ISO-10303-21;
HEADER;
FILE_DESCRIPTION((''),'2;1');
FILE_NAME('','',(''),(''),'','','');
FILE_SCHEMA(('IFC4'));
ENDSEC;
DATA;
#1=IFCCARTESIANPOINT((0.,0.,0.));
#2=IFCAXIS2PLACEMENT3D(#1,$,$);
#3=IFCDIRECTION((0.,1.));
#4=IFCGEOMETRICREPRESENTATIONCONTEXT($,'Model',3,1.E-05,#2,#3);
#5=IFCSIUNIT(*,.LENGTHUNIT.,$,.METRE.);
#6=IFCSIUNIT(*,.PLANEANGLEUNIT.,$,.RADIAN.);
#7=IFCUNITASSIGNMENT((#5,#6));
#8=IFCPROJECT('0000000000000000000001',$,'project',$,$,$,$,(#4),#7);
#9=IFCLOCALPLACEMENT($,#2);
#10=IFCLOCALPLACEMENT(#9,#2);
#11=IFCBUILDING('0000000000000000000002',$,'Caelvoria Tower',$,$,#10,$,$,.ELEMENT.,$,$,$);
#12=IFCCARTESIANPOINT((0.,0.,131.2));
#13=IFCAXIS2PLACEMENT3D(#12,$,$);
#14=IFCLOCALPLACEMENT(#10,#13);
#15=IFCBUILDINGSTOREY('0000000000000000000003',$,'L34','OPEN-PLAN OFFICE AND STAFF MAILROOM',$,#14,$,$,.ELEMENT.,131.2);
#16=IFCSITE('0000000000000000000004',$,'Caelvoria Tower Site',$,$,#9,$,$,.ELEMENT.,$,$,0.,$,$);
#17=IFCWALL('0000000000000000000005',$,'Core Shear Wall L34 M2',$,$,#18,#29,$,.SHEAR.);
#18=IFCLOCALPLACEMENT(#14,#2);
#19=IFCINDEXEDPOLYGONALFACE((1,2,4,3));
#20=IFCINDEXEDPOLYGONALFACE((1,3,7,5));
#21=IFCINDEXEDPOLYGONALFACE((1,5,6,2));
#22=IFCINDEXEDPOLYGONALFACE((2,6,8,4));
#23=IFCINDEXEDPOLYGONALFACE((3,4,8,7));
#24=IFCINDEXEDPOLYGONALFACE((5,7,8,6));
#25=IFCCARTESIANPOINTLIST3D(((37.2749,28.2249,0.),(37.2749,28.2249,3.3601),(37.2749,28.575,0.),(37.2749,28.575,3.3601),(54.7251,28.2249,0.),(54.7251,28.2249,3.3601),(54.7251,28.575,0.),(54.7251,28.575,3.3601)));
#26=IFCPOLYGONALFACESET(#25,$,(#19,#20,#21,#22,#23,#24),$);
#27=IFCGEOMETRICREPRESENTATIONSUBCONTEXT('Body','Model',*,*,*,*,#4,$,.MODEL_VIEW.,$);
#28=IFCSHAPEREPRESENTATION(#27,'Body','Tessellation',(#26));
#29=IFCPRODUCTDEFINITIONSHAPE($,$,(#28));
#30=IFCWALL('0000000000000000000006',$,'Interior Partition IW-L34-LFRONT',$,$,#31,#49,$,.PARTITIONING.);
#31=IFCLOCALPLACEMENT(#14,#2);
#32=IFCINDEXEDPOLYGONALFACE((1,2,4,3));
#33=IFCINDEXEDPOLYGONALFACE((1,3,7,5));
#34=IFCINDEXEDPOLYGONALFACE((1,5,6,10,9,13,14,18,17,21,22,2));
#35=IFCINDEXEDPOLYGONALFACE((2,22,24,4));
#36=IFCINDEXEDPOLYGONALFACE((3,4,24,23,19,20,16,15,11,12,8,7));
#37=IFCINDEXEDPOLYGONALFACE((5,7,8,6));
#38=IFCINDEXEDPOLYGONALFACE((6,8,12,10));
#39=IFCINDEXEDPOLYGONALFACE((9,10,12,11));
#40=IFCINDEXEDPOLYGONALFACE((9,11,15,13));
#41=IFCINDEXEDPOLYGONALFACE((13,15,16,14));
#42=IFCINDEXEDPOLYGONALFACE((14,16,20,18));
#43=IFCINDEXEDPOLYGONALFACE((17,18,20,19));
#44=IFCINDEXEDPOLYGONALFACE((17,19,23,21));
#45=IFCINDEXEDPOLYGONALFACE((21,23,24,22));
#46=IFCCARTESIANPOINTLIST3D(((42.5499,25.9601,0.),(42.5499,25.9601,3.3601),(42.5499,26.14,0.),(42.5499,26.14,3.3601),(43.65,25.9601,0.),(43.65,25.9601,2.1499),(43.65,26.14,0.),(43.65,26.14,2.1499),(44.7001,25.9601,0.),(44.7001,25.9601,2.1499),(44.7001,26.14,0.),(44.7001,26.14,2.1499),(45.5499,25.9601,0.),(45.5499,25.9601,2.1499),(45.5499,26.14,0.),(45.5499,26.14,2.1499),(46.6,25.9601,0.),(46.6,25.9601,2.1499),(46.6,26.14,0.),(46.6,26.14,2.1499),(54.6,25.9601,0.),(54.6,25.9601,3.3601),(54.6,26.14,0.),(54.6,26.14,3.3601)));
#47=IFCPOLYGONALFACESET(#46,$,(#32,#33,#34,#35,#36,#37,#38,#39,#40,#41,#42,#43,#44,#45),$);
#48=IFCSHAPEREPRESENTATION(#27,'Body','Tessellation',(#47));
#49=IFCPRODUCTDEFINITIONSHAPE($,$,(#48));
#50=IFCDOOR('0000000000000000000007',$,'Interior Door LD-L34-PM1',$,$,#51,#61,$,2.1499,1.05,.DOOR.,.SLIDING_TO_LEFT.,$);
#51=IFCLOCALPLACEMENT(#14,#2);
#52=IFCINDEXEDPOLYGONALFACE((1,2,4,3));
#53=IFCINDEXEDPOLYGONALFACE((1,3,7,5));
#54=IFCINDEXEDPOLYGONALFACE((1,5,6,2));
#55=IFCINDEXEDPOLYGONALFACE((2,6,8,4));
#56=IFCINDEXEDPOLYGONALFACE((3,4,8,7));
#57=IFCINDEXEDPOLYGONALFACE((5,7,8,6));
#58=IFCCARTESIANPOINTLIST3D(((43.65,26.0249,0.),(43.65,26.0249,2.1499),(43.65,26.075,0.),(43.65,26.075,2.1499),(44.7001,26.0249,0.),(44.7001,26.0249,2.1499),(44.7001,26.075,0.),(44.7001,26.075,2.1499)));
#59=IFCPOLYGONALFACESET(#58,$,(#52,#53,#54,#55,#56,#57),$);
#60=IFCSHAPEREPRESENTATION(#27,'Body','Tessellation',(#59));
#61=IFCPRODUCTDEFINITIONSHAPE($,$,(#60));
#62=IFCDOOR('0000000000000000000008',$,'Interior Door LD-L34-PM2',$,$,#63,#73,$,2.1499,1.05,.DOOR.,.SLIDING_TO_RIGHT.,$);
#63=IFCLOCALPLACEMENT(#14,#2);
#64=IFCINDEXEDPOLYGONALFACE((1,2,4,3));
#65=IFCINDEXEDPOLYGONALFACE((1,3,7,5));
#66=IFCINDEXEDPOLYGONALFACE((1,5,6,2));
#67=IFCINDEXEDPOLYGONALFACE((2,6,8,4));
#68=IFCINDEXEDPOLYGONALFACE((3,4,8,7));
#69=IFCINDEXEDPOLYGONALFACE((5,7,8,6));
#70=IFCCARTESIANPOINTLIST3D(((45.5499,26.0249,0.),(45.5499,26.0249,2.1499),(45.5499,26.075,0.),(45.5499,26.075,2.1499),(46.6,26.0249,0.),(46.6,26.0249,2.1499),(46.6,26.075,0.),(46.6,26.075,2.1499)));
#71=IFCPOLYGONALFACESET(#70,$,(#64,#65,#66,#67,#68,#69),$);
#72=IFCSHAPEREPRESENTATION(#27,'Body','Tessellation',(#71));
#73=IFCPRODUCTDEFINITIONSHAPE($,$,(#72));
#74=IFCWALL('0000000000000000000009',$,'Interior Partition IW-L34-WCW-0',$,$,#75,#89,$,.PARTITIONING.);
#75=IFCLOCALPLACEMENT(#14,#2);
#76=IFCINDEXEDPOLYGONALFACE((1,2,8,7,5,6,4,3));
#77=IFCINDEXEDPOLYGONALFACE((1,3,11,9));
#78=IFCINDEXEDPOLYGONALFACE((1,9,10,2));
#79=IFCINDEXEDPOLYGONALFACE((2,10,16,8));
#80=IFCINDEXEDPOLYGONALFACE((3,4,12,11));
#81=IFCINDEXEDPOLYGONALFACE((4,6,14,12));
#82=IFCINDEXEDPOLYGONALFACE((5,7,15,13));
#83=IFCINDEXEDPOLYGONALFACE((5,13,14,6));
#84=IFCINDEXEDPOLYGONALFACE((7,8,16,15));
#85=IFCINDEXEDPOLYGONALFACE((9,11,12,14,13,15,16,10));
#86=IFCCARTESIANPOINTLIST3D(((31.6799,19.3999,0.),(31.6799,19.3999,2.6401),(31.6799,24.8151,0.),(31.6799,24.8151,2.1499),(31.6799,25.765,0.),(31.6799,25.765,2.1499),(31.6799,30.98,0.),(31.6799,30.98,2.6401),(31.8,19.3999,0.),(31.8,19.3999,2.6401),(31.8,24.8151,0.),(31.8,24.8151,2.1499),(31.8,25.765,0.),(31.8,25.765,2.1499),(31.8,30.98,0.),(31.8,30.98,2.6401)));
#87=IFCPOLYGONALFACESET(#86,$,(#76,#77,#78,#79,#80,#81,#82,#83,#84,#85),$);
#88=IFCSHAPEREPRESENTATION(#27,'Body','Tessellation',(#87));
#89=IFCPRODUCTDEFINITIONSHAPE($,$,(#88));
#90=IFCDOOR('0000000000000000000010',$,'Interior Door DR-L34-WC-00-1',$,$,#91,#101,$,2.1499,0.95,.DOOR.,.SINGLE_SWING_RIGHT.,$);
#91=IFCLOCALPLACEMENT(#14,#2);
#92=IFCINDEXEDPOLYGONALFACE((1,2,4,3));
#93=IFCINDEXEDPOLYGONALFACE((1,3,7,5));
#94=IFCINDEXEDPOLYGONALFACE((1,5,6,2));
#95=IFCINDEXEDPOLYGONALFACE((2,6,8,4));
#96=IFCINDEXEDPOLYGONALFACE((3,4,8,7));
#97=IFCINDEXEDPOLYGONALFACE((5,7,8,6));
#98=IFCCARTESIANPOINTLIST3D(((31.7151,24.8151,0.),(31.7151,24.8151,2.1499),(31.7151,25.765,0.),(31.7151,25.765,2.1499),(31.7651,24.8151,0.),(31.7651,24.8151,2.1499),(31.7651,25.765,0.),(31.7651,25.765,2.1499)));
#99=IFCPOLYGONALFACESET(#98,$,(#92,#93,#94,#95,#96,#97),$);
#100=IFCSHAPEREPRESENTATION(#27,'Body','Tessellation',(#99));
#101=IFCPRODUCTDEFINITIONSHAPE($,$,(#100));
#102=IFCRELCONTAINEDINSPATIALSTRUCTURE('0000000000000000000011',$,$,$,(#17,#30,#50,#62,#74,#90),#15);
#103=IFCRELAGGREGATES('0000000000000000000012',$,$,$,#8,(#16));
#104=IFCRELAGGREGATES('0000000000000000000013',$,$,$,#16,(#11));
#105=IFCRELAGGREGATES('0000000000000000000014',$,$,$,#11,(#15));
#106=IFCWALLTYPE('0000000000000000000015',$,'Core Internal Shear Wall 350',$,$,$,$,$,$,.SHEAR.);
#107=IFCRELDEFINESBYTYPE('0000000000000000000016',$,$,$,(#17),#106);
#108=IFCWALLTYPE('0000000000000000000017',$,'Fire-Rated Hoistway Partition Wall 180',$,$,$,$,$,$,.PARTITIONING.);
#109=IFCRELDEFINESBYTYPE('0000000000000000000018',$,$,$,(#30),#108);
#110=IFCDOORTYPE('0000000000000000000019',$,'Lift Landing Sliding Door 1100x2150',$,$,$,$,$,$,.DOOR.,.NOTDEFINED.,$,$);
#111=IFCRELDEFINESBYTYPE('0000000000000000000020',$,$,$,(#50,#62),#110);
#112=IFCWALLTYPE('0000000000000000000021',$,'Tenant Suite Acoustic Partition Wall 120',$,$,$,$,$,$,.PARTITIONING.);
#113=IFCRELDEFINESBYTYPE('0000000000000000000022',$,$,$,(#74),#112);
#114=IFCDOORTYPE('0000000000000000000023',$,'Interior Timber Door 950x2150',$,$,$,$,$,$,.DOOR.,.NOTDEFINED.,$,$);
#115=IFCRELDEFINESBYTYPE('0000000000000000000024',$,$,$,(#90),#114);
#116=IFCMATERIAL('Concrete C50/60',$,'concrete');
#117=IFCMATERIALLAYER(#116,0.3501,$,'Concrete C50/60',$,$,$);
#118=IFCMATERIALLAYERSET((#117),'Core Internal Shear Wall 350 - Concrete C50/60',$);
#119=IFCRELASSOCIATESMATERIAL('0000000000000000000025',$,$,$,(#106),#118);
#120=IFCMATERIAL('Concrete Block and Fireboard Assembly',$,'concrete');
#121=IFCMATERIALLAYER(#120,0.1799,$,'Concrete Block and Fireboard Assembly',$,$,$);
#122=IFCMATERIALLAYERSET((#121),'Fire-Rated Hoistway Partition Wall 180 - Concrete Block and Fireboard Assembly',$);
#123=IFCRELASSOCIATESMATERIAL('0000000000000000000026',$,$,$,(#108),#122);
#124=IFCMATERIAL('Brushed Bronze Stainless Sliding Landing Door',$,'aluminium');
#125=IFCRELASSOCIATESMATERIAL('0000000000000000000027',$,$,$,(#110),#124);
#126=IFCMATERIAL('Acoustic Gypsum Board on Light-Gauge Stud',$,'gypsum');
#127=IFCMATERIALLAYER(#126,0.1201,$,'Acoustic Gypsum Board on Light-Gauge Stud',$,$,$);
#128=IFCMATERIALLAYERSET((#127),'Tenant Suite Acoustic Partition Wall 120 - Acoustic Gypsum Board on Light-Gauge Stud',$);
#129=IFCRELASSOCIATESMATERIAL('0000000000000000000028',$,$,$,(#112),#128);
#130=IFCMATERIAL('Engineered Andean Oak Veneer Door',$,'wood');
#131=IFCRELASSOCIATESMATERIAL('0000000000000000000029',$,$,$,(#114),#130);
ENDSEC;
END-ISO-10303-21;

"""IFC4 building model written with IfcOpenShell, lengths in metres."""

from ifc_helpers import new_model, si_unit, direction, frame, frame_2d, origin, place, context, subcontext, project, spatial, rectangle, extrude, material, layer, layer_set, type_object, element, fill, save


model = new_model("IFC4")

# Units and contexts
model_context = context("Model", 3, precision=1e-05, world=origin(), true_north=direction((0.0, 1.0)))
body_context = subcontext(model_context, "Body", "Model", "MODEL_VIEW")
ifc_project = project(units=[si_unit("LENGTHUNIT", "METRE"), si_unit("PLANEANGLEUNIT", "RADIAN")], contexts=[model_context])

# Site, building, storey
site_placement = place(None, origin())
site = spatial("IfcSite", under=ifc_project, at=site_placement, Name="Caelvoria Tower Site", CompositionType="ELEMENT", RefElevation=0.0)
building_placement = place(site_placement, origin())
building = spatial("IfcBuilding", under=site, at=building_placement, Name="Caelvoria Tower", CompositionType="ELEMENT")
storey_placement = place(building_placement, frame((0.0, 0.0, 131.2)))
storey = spatial("IfcBuildingStorey", under=building, at=storey_placement, Name="L34", Description="OPEN-PLAN OFFICE AND STAFF MAILROOM", CompositionType="ELEMENT", Elevation=131.2)

# Shared definitions
ifc_material_1 = material(Name="Concrete C50/60", Category="concrete")
ifc_layer_1 = layer(ifc_material_1, 0.3501, Name="Concrete C50/60")
ifc_layer_set_1 = layer_set([ifc_layer_1], Name="Core Internal Shear Wall 350 - Concrete C50/60")
wall_type_1 = type_object("IfcWallType", Name="Core Internal Shear Wall 350", PredefinedType="SHEAR", material=ifc_layer_set_1)

# Wall
wall_1_placement = place(storey_placement, frame((37.2749, 28.3999, 0.0), z_axis=(0.0, 0.0, 1.0), x_axis=(1.0, 0.0, 0.0)))
element("IfcWall", 1, at=wall_1_placement, inside=storey, type_object=wall_type_1, Name="Core Shear Wall L34 M2", PredefinedType="SHEAR", context=body_context, shape_type="SweptSolid", body=[
    extrude(rectangle(XDim=17.4502, YDim=0.3501, at=frame_2d((8.7251, 0.0))), origin(), (0.0, 0.0, 1.0), 3.3601),
])

# Wall, openings, doors
ifc_material_2 = material(Name="Concrete Block and Fireboard Assembly", Category="concrete")
ifc_layer_2 = layer(ifc_material_2, 0.1799, Name="Concrete Block and Fireboard Assembly")
ifc_layer_set_2 = layer_set([ifc_layer_2], Name="Fire-Rated Hoistway Partition Wall 180 - Concrete Block and Fireboard Assembly")
wall_type_2 = type_object("IfcWallType", Name="Fire-Rated Hoistway Partition Wall 180", PredefinedType="PARTITIONING", material=ifc_layer_set_2)
wall_2_placement = place(storey_placement, frame((42.55, 26.05, 0.0), z_axis=(0.0, 0.0, 1.0), x_axis=(1.0, 0.0, 0.0)))
wall_2 = element("IfcWall", 2, at=wall_2_placement, inside=storey, type_object=wall_type_2, Name="Interior Partition IW-L34-LFRONT", PredefinedType="PARTITIONING", context=body_context, shape_type="SweptSolid", body=[
    extrude(rectangle(XDim=12.05, YDim=0.1799, at=frame_2d((6.0249, 0.0))), origin(), (0.0, 0.0, 1.0), 3.3601),
])
opening_1_placement = place(wall_2_placement, frame((1.1001, 0.0, 0.0)))
opening_1 = element("IfcOpeningElement", 3, at=opening_1_placement, cuts=wall_2, PredefinedType="OPENING", context=body_context, shape_type="SweptSolid", body=[
    extrude(rectangle(XDim=1.05, YDim=2.1499, at=frame_2d((0.5249, 1.075))), frame((0.0, 0.0999, 0.0), z_axis=(0.0, -1.0, 0.0), x_axis=(1.0, 0.0, 0.0)), (0.0, 0.0, 1.0), 0.2),
])
opening_2_placement = place(wall_2_placement, frame((3.0, 0.0, 0.0)))
opening_2 = element("IfcOpeningElement", 4, at=opening_2_placement, cuts=wall_2, PredefinedType="OPENING", context=body_context, shape_type="SweptSolid", body=[
    extrude(rectangle(XDim=1.05, YDim=2.1499, at=frame_2d((0.5249, 1.075))), frame((0.0, 0.0999, 0.0), z_axis=(0.0, -1.0, 0.0), x_axis=(1.0, 0.0, 0.0)), (0.0, 0.0, 1.0), 0.2),
])
ifc_material_3 = material(Name="Brushed Bronze Stainless Sliding Landing Door", Category="aluminium")
door_type_1 = type_object("IfcDoorType", Name="Lift Landing Sliding Door 1100x2150", OperationType="NOTDEFINED", PredefinedType="DOOR", material=ifc_material_3)
door_1_placement = place(opening_1_placement, origin())
door_1 = element("IfcDoor", 5, at=door_1_placement, inside=storey, type_object=door_type_1, Name="Interior Door LD-L34-PM1", OperationType="SLIDING_TO_LEFT", OverallHeight=2.1499, OverallWidth=1.05, PredefinedType="DOOR", context=body_context, shape_type="SweptSolid", body=[
    extrude(rectangle(XDim=1.05, YDim=2.1499, at=frame_2d((0.5249, 1.075))), frame((0.0, 0.0249, 0.0), z_axis=(0.0, -1.0, 0.0), x_axis=(1.0, 0.0, 0.0)), (0.0, 0.0, 1.0), 0.05),
])
fill(opening_1, door_1)
door_2_placement = place(opening_2_placement, origin())
door_2 = element("IfcDoor", 6, at=door_2_placement, inside=storey, type_object=door_type_1, Name="Interior Door LD-L34-PM2", OperationType="SLIDING_TO_RIGHT", OverallHeight=2.1499, OverallWidth=1.05, PredefinedType="DOOR", context=body_context, shape_type="SweptSolid", body=[
    extrude(rectangle(XDim=1.05, YDim=2.1499, at=frame_2d((0.5249, 1.075))), frame((0.0, 0.0249, 0.0), z_axis=(0.0, -1.0, 0.0), x_axis=(1.0, 0.0, 0.0)), (0.0, 0.0, 1.0), 0.05),
])
fill(opening_2, door_2)

# Wall, opening, door
ifc_material_4 = material(Name="Acoustic Gypsum Board on Light-Gauge Stud", Category="gypsum")
ifc_layer_3 = layer(ifc_material_4, 0.1201, Name="Acoustic Gypsum Board on Light-Gauge Stud")
ifc_layer_set_3 = layer_set([ifc_layer_3], Name="Tenant Suite Acoustic Partition Wall 120 - Acoustic Gypsum Board on Light-Gauge Stud")
wall_type_3 = type_object("IfcWallType", Name="Tenant Suite Acoustic Partition Wall 120", PredefinedType="PARTITIONING", material=ifc_layer_set_3)
wall_3_placement = place(storey_placement, frame((31.74, 19.3999, 0.0), z_axis=(0.0, 0.0, 1.0), x_axis=(0.0, 1.0, 0.0)))
wall_3 = element("IfcWall", 7, at=wall_3_placement, inside=storey, type_object=wall_type_3, Name="Interior Partition IW-L34-WCW-0", PredefinedType="PARTITIONING", context=body_context, shape_type="SweptSolid", body=[
    extrude(rectangle(XDim=11.5801, YDim=0.1201, at=frame_2d((5.79, 0.0))), origin(), (0.0, 0.0, 1.0), 2.6401),
])
opening_3_placement = place(wall_3_placement, frame((5.415, 0.0, 0.0)))
opening_3 = element("IfcOpeningElement", 8, at=opening_3_placement, cuts=wall_3, PredefinedType="OPENING", context=body_context, shape_type="SweptSolid", body=[
    extrude(rectangle(XDim=0.95, YDim=2.1499, at=frame_2d((0.4751, 1.075))), frame((0.0, 0.0701, 0.0), z_axis=(0.0, -1.0, 0.0), x_axis=(1.0, 0.0, 0.0)), (0.0, 0.0, 1.0), 0.1401),
])
ifc_material_5 = material(Name="Engineered Andean Oak Veneer Door", Category="wood")
door_type_2 = type_object("IfcDoorType", Name="Interior Timber Door 950x2150", OperationType="NOTDEFINED", PredefinedType="DOOR", material=ifc_material_5)
door_3_placement = place(opening_3_placement, origin())
door_3 = element("IfcDoor", 9, at=door_3_placement, inside=storey, type_object=door_type_2, Name="Interior Door DR-L34-WC-00-1", OperationType="SINGLE_SWING_RIGHT", OverallHeight=2.1499, OverallWidth=0.95, PredefinedType="DOOR", context=body_context, shape_type="SweptSolid", body=[
    extrude(rectangle(XDim=0.95, YDim=2.1499, at=frame_2d((0.4751, 1.075))), frame((0.0, 0.0249, 0.0), z_axis=(0.0, -1.0, 0.0), x_axis=(1.0, 0.0, 0.0)), (0.0, 0.0, 1.0), 0.05),
])
fill(opening_3, door_3)

save(model, "model.ifc")
